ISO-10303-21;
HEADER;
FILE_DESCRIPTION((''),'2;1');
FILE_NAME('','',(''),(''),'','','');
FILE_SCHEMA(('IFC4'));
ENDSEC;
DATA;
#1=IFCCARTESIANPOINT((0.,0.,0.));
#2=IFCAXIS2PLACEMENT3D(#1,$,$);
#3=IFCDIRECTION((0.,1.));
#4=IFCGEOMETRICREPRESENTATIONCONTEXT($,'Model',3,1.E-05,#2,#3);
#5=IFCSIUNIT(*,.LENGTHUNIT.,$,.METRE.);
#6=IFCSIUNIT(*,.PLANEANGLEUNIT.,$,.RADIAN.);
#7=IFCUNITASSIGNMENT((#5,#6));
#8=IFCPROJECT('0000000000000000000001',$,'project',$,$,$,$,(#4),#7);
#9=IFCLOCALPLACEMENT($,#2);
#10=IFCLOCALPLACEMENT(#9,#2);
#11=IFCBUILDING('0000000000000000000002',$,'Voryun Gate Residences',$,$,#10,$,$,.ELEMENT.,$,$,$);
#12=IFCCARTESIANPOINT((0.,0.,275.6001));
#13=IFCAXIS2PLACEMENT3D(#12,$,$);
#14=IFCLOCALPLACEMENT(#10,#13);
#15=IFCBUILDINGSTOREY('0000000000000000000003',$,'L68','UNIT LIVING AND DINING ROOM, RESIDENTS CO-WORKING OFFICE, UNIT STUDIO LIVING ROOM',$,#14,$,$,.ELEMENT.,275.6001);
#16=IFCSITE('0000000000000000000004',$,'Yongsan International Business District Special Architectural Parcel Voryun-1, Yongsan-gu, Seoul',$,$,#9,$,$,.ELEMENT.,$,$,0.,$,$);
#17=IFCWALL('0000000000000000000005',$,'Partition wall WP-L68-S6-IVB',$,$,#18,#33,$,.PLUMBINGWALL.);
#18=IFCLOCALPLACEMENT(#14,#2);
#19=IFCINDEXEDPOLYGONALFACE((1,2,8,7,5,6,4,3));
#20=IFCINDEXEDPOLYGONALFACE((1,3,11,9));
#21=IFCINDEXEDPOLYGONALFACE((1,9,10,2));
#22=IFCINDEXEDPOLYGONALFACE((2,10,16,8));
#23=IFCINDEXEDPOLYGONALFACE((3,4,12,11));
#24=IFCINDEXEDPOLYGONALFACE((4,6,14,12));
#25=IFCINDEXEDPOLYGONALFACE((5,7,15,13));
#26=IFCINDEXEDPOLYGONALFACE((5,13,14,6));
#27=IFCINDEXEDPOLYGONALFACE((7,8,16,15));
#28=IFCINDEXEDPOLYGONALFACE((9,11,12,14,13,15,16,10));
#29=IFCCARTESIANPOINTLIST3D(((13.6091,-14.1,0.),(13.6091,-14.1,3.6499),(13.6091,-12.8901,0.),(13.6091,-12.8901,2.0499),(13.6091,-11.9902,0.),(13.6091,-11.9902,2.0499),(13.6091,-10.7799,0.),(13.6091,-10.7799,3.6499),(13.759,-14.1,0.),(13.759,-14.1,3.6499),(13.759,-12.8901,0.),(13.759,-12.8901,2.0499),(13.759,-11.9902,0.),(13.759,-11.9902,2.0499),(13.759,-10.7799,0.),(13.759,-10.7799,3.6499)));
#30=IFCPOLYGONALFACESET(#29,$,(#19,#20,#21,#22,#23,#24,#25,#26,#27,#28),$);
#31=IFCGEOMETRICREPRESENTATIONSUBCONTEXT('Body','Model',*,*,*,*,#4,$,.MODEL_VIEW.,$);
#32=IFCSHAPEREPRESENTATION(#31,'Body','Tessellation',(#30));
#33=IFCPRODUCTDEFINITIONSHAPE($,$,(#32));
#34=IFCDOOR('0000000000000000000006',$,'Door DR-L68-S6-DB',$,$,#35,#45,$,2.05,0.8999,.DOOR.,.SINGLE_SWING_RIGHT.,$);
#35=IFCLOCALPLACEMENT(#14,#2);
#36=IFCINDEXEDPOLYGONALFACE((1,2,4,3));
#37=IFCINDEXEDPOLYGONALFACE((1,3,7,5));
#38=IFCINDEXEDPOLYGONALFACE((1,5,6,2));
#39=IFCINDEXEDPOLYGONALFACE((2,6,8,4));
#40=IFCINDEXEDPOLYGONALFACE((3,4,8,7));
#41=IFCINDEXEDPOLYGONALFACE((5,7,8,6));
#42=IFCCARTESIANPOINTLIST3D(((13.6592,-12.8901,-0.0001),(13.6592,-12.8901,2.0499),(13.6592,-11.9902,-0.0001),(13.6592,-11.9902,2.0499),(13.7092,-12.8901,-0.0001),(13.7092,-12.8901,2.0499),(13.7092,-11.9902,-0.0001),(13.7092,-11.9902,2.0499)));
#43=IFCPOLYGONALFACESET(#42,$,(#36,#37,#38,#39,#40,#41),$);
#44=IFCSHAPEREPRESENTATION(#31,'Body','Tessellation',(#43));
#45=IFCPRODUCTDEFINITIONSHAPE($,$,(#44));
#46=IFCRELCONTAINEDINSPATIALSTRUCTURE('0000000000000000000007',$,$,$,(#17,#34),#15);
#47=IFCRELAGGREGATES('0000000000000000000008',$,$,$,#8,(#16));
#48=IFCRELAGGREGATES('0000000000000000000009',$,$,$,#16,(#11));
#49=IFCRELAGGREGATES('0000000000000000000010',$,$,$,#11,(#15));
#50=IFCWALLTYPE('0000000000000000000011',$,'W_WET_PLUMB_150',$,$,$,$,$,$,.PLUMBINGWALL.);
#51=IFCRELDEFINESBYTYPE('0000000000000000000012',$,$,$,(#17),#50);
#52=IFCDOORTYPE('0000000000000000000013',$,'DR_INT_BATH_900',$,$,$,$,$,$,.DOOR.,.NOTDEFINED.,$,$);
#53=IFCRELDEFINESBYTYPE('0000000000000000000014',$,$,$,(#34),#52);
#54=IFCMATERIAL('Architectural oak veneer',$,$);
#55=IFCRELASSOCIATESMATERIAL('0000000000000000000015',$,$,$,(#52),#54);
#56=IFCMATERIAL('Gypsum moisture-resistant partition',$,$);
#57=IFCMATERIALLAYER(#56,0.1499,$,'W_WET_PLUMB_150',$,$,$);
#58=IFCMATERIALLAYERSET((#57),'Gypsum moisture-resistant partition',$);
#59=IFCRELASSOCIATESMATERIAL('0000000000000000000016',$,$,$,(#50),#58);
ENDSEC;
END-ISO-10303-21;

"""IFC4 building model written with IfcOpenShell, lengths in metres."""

from ifc_helpers import new_model, si_unit, direction, frame, frame_2d, origin, place, context, subcontext, project, spatial, rectangle, extrude, material, layer, layer_set, type_object, element, fill, save


model = new_model("IFC4")

# Units and contexts
model_context = context("Model", 3, precision=1e-05, world=origin(), true_north=direction((0.0, 1.0)))
body_context = subcontext(model_context, "Body", "Model", "MODEL_VIEW")
ifc_project = project(units=[si_unit("LENGTHUNIT", "METRE"), si_unit("PLANEANGLEUNIT", "RADIAN")], contexts=[model_context])

# Site, building, storey
site_placement = place(None, origin())
site = spatial("IfcSite", under=ifc_project, at=site_placement, Name="Yongsan International Business District Special Architectural Parcel Voryun-1, Yongsan-gu, Seoul", CompositionType="ELEMENT", RefElevation=0.0)
building_placement = place(site_placement, origin())
building = spatial("IfcBuilding", under=site, at=building_placement, Name="Voryun Gate Residences", CompositionType="ELEMENT")
storey_placement = place(building_placement, frame((0.0, 0.0, 275.6001)))
storey = spatial("IfcBuildingStorey", under=building, at=storey_placement, Name="L68", Description="UNIT LIVING AND DINING ROOM, RESIDENTS CO-WORKING OFFICE, UNIT STUDIO LIVING ROOM", CompositionType="ELEMENT", Elevation=275.6001)

# Shared definitions
ifc_material_1 = material(Name="Architectural oak veneer")
door_type_1 = type_object("IfcDoorType", Name="DR_INT_BATH_900", OperationType="NOTDEFINED", PredefinedType="DOOR", material=ifc_material_1)

# Shared definitions
ifc_material_2 = material(Name="Gypsum moisture-resistant partition")
ifc_layer_1 = layer(ifc_material_2, 0.1499, Name="W_WET_PLUMB_150")
ifc_layer_set_1 = layer_set([ifc_layer_1], Name="Gypsum moisture-resistant partition")
wall_type_1 = type_object("IfcWallType", Name="W_WET_PLUMB_150", PredefinedType="PLUMBINGWALL", material=ifc_layer_set_1)

# Wall, opening, door
wall_1_placement = place(storey_placement, frame((13.6841, -14.1001, 0.0), z_axis=(0.0, 0.0, 1.0), x_axis=(0.0, 1.0, 0.0)))
wall_1 = element("IfcWall", 1, at=wall_1_placement, inside=storey, type_object=wall_type_1, Name="Partition wall WP-L68-S6-IVB", PredefinedType="PLUMBINGWALL", context=body_context, shape_type="SweptSolid", body=[
    extrude(rectangle(XDim=3.3201, YDim=0.1499, at=frame_2d((1.6602, 0.0))), origin(), (0.0, 0.0, 1.0), 3.6499),
])
opening_1_placement = place(wall_1_placement, frame((1.21, 0.0, 0.0)))
opening_1 = element("IfcOpeningElement", 2, at=opening_1_placement, cuts=wall_1, PredefinedType="OPENING", context=body_context, shape_type="SweptSolid", body=[
    extrude(rectangle(XDim=0.8999, YDim=2.05, at=frame_2d((0.45, 1.0249))), frame((0.0, 0.085, 0.0), z_axis=(0.0, -1.0, 0.0), x_axis=(1.0, 0.0, 0.0)), (0.0, 0.0, 1.0), 0.1699),
])
door_1_placement = place(opening_1_placement, origin())
door_1 = element("IfcDoor", 3, at=door_1_placement, inside=storey, type_object=door_type_1, Name="Door DR-L68-S6-DB", OperationType="SINGLE_SWING_RIGHT", OverallHeight=2.05, OverallWidth=0.8999, PredefinedType="DOOR", context=body_context, shape_type="SweptSolid", body=[
    extrude(rectangle(XDim=0.8999, YDim=2.05, at=frame_2d((0.45, 1.0249))), frame((0.0, 0.0249, 0.0), z_axis=(0.0, -1.0, 0.0), x_axis=(1.0, 0.0, 0.0)), (0.0, 0.0, 1.0), 0.05),
])
fill(opening_1, door_1)

save(model, "model.ifc")
